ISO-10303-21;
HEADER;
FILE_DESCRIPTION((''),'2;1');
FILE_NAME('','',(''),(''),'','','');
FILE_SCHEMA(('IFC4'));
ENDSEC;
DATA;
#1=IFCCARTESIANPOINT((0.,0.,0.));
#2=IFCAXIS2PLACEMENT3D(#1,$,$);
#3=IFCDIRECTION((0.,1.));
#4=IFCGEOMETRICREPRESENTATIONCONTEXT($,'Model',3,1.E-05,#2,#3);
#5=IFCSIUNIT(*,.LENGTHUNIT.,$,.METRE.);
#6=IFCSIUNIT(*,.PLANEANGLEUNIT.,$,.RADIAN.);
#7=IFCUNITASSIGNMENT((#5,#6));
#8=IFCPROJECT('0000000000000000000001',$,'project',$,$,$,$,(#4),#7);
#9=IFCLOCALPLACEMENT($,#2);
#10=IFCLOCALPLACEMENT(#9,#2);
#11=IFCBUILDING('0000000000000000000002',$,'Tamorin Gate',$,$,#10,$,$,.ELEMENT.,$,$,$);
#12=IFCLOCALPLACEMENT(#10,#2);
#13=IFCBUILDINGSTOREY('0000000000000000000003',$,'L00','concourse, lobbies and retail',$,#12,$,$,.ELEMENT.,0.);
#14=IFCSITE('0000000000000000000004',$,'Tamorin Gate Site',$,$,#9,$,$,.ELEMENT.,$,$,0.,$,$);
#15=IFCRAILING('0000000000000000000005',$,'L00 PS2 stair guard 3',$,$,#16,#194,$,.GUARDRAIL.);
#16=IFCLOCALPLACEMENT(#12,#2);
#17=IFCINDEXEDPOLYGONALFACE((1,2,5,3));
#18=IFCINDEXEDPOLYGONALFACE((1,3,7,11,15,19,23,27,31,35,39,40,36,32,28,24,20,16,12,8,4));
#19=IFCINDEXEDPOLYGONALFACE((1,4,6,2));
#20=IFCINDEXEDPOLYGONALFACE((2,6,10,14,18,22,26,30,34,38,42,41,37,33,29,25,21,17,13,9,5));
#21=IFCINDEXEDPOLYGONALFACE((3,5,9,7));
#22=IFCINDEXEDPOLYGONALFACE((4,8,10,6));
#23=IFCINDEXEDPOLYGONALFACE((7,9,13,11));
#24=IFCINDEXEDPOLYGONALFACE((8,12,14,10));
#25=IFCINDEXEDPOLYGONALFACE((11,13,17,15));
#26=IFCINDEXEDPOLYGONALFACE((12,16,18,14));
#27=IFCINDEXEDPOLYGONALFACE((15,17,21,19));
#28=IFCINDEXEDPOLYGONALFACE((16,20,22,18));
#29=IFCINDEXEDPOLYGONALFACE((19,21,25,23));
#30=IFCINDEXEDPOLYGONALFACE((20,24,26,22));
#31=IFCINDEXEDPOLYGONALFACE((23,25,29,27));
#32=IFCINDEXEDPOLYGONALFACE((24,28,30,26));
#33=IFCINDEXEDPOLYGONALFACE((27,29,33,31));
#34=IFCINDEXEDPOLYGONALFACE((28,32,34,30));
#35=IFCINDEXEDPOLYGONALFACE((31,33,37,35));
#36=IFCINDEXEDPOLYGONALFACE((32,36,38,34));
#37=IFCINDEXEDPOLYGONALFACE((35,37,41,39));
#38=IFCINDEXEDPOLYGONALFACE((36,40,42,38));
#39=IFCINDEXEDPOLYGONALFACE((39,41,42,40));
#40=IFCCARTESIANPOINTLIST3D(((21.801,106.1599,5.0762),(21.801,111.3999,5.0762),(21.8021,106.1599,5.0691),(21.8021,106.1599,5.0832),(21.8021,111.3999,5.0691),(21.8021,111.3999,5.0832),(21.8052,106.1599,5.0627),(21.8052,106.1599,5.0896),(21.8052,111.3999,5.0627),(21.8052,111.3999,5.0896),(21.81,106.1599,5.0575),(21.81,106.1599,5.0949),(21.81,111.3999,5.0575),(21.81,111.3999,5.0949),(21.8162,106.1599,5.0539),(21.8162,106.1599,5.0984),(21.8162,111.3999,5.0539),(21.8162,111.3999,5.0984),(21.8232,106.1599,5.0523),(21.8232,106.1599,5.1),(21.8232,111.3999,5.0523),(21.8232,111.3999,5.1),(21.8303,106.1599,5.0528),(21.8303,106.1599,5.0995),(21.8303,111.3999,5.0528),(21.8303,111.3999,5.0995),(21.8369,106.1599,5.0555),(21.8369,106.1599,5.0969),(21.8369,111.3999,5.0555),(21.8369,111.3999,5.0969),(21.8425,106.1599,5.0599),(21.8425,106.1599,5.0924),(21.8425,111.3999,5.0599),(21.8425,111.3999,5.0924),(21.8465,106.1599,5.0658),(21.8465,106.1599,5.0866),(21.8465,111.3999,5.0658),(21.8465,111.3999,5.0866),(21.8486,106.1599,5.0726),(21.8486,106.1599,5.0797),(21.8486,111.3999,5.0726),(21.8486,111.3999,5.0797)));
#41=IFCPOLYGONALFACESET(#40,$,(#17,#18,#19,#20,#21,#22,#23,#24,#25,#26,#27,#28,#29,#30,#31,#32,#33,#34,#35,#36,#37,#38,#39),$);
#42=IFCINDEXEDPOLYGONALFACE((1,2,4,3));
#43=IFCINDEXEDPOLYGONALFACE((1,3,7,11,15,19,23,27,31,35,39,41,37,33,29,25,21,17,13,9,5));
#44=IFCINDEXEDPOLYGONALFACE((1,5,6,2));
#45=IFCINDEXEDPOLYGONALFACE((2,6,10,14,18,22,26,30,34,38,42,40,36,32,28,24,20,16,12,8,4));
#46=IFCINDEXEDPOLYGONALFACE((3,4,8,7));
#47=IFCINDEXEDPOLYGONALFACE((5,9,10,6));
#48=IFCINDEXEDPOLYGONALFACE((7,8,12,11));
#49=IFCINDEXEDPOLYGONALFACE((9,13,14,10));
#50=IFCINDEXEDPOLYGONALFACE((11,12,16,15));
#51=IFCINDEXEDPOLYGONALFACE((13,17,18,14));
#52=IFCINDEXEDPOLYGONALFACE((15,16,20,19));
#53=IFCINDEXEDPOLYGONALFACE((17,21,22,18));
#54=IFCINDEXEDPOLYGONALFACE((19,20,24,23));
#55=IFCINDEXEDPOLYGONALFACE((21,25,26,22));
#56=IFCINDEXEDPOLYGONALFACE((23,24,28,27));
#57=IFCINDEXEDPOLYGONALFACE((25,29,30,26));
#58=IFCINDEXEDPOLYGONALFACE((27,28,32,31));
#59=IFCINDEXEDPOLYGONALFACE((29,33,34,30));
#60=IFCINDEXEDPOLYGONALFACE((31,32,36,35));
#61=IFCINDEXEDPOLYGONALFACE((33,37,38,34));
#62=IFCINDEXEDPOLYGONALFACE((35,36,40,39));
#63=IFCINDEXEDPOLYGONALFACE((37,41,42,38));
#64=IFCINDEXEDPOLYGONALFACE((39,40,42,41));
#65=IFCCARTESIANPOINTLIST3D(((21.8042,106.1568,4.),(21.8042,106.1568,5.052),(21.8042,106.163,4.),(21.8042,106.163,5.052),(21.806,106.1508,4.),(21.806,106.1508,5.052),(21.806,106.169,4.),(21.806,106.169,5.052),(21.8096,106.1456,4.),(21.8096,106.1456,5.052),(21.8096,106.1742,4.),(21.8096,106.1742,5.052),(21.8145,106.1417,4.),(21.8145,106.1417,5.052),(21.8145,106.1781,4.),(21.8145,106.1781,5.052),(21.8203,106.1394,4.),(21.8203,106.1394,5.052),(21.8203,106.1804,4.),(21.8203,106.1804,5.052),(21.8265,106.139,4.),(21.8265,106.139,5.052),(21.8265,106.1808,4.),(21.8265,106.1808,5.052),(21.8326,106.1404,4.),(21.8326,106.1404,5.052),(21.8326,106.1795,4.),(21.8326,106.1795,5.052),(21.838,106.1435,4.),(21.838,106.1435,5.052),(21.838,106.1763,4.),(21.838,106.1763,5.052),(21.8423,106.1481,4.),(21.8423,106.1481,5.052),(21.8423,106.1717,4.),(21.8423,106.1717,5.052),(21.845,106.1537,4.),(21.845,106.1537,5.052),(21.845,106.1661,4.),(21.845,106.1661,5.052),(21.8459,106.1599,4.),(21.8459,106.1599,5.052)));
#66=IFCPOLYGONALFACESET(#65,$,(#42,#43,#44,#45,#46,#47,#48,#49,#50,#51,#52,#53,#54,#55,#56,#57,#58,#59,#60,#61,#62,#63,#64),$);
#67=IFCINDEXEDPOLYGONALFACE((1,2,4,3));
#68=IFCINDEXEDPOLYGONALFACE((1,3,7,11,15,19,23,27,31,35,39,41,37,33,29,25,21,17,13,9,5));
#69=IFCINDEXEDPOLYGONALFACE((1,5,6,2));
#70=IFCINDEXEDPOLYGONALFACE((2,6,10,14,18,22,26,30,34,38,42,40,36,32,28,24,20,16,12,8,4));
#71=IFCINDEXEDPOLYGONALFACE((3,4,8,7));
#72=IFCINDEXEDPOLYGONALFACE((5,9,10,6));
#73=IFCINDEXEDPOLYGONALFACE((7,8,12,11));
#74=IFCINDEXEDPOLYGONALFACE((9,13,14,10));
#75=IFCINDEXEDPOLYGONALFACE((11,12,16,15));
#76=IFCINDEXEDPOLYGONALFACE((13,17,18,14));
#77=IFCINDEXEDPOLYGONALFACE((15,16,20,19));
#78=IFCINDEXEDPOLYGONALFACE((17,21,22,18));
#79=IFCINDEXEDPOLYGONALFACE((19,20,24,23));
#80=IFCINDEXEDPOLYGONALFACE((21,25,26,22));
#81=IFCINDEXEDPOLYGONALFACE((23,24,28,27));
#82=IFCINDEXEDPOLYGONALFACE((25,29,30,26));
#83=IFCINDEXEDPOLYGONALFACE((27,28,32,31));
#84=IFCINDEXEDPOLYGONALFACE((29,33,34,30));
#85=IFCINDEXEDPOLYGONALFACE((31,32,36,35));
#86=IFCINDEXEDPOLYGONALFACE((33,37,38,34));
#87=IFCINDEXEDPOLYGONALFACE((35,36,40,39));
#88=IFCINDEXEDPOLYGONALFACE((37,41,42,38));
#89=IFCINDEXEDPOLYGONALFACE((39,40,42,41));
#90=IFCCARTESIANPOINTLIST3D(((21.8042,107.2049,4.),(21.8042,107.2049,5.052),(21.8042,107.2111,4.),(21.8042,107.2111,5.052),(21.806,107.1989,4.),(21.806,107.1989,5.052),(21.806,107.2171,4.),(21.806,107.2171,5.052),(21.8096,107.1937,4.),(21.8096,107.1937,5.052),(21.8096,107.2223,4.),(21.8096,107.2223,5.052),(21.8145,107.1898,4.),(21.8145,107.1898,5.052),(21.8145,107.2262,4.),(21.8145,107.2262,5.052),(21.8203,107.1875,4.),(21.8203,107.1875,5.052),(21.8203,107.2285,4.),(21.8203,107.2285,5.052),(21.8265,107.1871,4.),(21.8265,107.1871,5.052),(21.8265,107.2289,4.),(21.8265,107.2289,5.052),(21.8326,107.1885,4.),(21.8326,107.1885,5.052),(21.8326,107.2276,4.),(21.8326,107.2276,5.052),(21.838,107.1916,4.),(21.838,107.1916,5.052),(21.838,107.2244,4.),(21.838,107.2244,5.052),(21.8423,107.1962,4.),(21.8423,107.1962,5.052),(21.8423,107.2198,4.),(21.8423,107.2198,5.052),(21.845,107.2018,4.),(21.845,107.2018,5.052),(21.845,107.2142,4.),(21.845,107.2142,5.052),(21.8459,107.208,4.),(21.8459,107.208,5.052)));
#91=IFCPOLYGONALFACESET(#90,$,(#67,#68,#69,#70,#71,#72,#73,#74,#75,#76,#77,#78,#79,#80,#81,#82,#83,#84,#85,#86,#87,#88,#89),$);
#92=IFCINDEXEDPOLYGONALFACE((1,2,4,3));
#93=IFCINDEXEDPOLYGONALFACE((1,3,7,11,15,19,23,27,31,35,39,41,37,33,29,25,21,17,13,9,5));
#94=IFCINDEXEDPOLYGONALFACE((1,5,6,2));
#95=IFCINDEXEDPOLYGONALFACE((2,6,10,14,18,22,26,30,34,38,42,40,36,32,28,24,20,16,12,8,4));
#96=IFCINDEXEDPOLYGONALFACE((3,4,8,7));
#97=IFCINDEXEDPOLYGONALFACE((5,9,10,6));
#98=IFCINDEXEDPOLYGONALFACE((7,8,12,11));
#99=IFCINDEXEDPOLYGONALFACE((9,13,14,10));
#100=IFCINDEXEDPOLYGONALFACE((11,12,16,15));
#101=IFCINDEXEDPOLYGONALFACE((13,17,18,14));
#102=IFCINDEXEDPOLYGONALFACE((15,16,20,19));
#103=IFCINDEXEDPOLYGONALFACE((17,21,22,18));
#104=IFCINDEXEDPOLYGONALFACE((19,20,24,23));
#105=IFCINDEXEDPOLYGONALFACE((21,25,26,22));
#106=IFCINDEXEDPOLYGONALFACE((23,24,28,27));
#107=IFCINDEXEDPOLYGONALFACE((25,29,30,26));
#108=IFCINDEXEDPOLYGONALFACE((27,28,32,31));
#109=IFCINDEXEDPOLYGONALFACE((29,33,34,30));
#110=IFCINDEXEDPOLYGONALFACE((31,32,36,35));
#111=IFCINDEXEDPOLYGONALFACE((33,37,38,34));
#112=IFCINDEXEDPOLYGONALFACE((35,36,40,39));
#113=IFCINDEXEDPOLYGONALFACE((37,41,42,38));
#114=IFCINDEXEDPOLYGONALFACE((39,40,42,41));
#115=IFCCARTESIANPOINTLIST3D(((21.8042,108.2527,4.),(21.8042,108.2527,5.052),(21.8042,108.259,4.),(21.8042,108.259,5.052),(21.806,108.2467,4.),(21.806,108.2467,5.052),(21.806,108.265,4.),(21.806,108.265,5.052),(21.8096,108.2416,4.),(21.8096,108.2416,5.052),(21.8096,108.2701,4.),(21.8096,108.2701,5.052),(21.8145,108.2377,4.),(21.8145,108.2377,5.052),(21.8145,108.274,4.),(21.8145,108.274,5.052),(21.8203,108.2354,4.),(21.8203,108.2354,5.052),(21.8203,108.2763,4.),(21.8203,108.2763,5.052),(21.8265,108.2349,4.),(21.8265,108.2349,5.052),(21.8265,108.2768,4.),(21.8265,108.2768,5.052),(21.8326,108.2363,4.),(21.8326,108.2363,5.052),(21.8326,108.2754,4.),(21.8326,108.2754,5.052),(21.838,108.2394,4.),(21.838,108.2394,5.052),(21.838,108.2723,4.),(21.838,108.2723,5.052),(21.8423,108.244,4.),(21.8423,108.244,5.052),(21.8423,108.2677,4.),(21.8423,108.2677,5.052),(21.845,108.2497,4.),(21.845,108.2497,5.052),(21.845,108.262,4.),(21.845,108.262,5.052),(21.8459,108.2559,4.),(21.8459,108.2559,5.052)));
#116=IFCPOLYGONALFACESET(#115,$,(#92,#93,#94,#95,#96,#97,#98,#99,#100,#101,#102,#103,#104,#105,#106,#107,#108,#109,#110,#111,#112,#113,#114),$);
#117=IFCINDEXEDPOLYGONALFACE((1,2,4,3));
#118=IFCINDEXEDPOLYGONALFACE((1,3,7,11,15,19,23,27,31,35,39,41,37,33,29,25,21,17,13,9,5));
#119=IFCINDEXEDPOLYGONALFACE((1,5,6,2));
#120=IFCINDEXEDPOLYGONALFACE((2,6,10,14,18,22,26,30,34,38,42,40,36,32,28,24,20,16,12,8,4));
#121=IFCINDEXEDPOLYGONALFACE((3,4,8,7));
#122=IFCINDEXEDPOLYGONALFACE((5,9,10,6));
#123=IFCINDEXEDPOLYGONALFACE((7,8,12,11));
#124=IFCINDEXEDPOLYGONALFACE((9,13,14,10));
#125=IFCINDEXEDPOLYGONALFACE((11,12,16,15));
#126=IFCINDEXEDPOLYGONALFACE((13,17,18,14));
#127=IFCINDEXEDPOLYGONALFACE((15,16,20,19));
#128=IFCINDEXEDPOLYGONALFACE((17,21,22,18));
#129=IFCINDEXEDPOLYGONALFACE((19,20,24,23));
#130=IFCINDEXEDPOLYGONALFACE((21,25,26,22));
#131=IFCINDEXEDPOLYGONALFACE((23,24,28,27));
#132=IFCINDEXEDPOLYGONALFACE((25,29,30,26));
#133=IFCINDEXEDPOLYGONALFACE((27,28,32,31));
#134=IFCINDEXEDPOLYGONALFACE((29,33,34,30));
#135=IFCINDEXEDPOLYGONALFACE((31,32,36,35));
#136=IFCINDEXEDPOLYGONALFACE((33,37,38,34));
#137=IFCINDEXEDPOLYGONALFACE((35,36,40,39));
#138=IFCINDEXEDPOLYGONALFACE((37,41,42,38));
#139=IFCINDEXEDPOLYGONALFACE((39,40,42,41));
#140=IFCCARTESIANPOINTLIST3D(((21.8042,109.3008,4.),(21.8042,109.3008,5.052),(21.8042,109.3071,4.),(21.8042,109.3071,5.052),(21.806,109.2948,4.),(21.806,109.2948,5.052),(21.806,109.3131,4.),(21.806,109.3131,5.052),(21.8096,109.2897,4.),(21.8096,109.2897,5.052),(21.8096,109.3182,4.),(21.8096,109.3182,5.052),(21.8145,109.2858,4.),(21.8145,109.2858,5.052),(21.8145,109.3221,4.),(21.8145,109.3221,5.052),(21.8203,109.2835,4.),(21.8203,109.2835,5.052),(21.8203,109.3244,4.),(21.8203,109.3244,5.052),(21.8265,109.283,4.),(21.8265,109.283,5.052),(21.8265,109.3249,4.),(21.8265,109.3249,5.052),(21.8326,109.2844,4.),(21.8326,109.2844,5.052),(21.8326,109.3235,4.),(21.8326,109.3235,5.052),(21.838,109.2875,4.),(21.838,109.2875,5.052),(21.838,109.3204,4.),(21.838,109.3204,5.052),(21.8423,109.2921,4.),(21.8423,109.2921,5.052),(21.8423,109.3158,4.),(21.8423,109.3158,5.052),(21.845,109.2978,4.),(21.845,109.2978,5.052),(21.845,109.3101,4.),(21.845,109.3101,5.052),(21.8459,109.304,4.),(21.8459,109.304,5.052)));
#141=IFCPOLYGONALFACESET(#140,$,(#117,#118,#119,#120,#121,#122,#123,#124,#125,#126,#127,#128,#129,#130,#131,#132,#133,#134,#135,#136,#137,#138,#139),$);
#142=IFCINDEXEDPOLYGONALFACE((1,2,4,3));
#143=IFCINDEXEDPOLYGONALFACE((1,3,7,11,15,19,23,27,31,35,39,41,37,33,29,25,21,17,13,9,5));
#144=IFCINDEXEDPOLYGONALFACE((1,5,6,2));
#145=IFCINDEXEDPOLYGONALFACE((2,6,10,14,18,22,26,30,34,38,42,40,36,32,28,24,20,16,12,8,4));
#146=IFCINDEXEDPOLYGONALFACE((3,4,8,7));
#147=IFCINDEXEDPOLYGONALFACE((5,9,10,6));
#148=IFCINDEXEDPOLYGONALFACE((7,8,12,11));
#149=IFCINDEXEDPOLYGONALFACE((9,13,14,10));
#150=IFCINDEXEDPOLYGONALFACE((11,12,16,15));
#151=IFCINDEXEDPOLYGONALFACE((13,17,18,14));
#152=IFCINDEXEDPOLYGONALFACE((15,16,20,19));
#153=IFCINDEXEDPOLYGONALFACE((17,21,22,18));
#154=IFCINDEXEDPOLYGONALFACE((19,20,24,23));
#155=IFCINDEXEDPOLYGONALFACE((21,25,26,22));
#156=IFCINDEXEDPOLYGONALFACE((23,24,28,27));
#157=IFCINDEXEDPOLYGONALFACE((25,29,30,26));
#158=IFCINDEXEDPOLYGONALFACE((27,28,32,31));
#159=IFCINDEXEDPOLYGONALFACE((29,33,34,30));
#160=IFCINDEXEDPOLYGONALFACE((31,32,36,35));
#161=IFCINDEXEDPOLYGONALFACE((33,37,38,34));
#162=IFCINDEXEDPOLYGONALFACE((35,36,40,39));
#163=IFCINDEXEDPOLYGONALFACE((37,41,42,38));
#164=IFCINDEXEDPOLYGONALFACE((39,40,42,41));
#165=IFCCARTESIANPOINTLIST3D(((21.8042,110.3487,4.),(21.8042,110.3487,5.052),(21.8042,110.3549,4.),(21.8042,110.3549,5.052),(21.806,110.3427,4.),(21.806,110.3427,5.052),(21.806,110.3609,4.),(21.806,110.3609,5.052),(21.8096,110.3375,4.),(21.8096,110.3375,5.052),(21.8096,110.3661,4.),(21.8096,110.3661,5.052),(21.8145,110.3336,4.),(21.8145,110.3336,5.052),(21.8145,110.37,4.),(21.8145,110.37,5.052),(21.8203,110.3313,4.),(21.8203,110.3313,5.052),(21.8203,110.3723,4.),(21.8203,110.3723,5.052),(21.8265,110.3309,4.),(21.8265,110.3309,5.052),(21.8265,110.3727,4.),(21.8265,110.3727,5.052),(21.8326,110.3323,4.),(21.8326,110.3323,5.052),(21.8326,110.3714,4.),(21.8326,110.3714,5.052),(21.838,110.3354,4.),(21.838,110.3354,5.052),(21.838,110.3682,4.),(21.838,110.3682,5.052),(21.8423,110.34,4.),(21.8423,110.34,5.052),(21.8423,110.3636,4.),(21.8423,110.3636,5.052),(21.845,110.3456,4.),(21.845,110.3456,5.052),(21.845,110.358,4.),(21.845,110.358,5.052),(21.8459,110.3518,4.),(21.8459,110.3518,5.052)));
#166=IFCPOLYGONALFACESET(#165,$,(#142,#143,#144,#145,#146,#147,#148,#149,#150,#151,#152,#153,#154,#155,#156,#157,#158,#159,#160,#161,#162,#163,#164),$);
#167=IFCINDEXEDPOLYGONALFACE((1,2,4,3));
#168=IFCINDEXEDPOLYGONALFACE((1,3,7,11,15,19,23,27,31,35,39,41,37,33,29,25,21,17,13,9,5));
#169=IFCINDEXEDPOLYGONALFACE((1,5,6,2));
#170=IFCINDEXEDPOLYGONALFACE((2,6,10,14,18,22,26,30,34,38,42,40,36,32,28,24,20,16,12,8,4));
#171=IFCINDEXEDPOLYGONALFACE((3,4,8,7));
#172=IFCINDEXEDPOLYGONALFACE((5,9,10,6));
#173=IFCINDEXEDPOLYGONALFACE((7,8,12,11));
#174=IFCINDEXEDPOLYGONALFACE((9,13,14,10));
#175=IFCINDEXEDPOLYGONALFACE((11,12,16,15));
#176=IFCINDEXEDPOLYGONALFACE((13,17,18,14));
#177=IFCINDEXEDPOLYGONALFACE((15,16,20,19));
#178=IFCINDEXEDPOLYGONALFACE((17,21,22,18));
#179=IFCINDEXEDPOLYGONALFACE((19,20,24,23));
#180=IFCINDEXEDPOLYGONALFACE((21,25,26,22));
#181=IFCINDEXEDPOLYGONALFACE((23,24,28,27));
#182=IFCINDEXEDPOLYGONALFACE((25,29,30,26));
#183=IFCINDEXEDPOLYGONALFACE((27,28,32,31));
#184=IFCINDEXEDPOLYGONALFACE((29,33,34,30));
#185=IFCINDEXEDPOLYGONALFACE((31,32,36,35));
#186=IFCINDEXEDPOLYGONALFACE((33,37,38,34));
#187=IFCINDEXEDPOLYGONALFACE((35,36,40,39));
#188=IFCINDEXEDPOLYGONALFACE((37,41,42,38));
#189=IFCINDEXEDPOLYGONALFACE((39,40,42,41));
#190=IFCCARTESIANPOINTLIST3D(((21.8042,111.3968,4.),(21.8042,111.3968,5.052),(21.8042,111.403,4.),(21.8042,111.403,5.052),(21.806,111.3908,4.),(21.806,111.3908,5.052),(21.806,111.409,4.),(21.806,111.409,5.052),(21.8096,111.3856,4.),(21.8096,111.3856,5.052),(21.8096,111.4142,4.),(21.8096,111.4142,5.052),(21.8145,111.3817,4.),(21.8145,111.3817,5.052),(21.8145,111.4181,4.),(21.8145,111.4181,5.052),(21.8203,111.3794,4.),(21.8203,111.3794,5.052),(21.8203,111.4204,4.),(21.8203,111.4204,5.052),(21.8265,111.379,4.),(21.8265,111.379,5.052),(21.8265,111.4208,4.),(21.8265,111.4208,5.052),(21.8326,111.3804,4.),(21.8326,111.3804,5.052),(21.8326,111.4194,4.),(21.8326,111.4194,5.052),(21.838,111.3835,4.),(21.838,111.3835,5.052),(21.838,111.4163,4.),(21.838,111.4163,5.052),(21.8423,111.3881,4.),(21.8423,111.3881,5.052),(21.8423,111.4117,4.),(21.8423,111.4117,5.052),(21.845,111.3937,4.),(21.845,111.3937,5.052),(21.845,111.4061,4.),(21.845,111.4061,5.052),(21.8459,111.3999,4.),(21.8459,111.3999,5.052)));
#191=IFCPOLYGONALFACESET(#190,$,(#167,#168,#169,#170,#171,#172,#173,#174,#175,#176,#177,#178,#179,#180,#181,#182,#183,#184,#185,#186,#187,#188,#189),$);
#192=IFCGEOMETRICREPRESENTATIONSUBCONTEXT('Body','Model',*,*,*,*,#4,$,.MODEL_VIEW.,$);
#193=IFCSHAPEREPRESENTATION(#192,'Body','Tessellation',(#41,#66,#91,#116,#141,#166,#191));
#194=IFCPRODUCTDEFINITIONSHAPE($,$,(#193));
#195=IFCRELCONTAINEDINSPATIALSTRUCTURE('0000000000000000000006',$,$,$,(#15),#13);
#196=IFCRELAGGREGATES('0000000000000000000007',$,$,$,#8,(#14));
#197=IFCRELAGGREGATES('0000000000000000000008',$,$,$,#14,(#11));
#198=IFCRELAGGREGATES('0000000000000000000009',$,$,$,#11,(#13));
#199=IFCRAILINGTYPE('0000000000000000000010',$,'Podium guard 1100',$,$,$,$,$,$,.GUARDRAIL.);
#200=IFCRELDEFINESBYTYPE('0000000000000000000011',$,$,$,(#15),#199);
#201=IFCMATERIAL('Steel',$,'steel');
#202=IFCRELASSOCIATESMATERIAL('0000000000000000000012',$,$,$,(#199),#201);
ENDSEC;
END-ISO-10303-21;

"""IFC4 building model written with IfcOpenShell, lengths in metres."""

from ifc_helpers import new_model, si_unit, direction, frame, origin, origin_2d, place, context, subcontext, project, spatial, circle, extrude, material, type_object, element, save


model = new_model("IFC4")

# Units and contexts
model_context = context("Model", 3, precision=1e-05, world=origin(), true_north=direction((0.0, 1.0)))
body_context = subcontext(model_context, "Body", "Model", "MODEL_VIEW")
ifc_project = project(units=[si_unit("LENGTHUNIT", "METRE"), si_unit("PLANEANGLEUNIT", "RADIAN")], contexts=[model_context])

# Site, building, storey
site_placement = place(None, origin())
site = spatial("IfcSite", under=ifc_project, at=site_placement, Name="Tamorin Gate Site", CompositionType="ELEMENT", RefElevation=0.0)
building_placement = place(site_placement, origin())
building = spatial("IfcBuilding", under=site, at=building_placement, Name="Tamorin Gate", CompositionType="ELEMENT")
storey_placement = place(building_placement, origin())
storey = spatial("IfcBuildingStorey", under=building, at=storey_placement, Name="L00", Description="concourse, lobbies and retail", CompositionType="ELEMENT", Elevation=0.0)

# Railing
ifc_material_1 = material(Name="Steel", Category="steel")
railing_type_1 = type_object("IfcRailingType", Name="Podium guard 1100", PredefinedType="GUARDRAIL", material=ifc_material_1)
for number, where, name in (
    (1, (21.825, 106.1599, 4.0), "L00 PS2 stair guard 3"),
):
    element("IfcRailing", number, at=place(storey_placement, frame(where)), inside=storey, type_object=railing_type_1, Name=name, PredefinedType="GUARDRAIL", context=body_context, shape_type="SweptSolid", body=[
        extrude(circle(Radius=0.0239, at=origin_2d()), frame((0.0, 0.0, 1.0762), z_axis=(0.0, 1.0, 0.0), x_axis=(-1.0, 0.0, 0.0)), (0.0, 0.0, 1.0), 5.24),
        extrude(circle(Radius=0.021, at=origin_2d()), origin(), (0.0, 0.0, 1.0), 1.052),
        extrude(circle(Radius=0.021, at=origin_2d()), frame((0.0, 1.0481, 0.0)), (0.0, 0.0, 1.0), 1.052),
        extrude(circle(Radius=0.021, at=origin_2d()), frame((0.0, 2.0959, 0.0)), (0.0, 0.0, 1.0), 1.052),
        extrude(circle(Radius=0.021, at=origin_2d()), frame((0.0, 3.144, 0.0)), (0.0, 0.0, 1.0), 1.052),
        extrude(circle(Radius=0.021, at=origin_2d()), frame((0.0, 4.1919, 0.0)), (0.0, 0.0, 1.0), 1.052),
        extrude(circle(Radius=0.021, at=origin_2d()), frame((0.0, 5.24, 0.0)), (0.0, 0.0, 1.0), 1.052),
    ])

save(model, "model.ifc")
